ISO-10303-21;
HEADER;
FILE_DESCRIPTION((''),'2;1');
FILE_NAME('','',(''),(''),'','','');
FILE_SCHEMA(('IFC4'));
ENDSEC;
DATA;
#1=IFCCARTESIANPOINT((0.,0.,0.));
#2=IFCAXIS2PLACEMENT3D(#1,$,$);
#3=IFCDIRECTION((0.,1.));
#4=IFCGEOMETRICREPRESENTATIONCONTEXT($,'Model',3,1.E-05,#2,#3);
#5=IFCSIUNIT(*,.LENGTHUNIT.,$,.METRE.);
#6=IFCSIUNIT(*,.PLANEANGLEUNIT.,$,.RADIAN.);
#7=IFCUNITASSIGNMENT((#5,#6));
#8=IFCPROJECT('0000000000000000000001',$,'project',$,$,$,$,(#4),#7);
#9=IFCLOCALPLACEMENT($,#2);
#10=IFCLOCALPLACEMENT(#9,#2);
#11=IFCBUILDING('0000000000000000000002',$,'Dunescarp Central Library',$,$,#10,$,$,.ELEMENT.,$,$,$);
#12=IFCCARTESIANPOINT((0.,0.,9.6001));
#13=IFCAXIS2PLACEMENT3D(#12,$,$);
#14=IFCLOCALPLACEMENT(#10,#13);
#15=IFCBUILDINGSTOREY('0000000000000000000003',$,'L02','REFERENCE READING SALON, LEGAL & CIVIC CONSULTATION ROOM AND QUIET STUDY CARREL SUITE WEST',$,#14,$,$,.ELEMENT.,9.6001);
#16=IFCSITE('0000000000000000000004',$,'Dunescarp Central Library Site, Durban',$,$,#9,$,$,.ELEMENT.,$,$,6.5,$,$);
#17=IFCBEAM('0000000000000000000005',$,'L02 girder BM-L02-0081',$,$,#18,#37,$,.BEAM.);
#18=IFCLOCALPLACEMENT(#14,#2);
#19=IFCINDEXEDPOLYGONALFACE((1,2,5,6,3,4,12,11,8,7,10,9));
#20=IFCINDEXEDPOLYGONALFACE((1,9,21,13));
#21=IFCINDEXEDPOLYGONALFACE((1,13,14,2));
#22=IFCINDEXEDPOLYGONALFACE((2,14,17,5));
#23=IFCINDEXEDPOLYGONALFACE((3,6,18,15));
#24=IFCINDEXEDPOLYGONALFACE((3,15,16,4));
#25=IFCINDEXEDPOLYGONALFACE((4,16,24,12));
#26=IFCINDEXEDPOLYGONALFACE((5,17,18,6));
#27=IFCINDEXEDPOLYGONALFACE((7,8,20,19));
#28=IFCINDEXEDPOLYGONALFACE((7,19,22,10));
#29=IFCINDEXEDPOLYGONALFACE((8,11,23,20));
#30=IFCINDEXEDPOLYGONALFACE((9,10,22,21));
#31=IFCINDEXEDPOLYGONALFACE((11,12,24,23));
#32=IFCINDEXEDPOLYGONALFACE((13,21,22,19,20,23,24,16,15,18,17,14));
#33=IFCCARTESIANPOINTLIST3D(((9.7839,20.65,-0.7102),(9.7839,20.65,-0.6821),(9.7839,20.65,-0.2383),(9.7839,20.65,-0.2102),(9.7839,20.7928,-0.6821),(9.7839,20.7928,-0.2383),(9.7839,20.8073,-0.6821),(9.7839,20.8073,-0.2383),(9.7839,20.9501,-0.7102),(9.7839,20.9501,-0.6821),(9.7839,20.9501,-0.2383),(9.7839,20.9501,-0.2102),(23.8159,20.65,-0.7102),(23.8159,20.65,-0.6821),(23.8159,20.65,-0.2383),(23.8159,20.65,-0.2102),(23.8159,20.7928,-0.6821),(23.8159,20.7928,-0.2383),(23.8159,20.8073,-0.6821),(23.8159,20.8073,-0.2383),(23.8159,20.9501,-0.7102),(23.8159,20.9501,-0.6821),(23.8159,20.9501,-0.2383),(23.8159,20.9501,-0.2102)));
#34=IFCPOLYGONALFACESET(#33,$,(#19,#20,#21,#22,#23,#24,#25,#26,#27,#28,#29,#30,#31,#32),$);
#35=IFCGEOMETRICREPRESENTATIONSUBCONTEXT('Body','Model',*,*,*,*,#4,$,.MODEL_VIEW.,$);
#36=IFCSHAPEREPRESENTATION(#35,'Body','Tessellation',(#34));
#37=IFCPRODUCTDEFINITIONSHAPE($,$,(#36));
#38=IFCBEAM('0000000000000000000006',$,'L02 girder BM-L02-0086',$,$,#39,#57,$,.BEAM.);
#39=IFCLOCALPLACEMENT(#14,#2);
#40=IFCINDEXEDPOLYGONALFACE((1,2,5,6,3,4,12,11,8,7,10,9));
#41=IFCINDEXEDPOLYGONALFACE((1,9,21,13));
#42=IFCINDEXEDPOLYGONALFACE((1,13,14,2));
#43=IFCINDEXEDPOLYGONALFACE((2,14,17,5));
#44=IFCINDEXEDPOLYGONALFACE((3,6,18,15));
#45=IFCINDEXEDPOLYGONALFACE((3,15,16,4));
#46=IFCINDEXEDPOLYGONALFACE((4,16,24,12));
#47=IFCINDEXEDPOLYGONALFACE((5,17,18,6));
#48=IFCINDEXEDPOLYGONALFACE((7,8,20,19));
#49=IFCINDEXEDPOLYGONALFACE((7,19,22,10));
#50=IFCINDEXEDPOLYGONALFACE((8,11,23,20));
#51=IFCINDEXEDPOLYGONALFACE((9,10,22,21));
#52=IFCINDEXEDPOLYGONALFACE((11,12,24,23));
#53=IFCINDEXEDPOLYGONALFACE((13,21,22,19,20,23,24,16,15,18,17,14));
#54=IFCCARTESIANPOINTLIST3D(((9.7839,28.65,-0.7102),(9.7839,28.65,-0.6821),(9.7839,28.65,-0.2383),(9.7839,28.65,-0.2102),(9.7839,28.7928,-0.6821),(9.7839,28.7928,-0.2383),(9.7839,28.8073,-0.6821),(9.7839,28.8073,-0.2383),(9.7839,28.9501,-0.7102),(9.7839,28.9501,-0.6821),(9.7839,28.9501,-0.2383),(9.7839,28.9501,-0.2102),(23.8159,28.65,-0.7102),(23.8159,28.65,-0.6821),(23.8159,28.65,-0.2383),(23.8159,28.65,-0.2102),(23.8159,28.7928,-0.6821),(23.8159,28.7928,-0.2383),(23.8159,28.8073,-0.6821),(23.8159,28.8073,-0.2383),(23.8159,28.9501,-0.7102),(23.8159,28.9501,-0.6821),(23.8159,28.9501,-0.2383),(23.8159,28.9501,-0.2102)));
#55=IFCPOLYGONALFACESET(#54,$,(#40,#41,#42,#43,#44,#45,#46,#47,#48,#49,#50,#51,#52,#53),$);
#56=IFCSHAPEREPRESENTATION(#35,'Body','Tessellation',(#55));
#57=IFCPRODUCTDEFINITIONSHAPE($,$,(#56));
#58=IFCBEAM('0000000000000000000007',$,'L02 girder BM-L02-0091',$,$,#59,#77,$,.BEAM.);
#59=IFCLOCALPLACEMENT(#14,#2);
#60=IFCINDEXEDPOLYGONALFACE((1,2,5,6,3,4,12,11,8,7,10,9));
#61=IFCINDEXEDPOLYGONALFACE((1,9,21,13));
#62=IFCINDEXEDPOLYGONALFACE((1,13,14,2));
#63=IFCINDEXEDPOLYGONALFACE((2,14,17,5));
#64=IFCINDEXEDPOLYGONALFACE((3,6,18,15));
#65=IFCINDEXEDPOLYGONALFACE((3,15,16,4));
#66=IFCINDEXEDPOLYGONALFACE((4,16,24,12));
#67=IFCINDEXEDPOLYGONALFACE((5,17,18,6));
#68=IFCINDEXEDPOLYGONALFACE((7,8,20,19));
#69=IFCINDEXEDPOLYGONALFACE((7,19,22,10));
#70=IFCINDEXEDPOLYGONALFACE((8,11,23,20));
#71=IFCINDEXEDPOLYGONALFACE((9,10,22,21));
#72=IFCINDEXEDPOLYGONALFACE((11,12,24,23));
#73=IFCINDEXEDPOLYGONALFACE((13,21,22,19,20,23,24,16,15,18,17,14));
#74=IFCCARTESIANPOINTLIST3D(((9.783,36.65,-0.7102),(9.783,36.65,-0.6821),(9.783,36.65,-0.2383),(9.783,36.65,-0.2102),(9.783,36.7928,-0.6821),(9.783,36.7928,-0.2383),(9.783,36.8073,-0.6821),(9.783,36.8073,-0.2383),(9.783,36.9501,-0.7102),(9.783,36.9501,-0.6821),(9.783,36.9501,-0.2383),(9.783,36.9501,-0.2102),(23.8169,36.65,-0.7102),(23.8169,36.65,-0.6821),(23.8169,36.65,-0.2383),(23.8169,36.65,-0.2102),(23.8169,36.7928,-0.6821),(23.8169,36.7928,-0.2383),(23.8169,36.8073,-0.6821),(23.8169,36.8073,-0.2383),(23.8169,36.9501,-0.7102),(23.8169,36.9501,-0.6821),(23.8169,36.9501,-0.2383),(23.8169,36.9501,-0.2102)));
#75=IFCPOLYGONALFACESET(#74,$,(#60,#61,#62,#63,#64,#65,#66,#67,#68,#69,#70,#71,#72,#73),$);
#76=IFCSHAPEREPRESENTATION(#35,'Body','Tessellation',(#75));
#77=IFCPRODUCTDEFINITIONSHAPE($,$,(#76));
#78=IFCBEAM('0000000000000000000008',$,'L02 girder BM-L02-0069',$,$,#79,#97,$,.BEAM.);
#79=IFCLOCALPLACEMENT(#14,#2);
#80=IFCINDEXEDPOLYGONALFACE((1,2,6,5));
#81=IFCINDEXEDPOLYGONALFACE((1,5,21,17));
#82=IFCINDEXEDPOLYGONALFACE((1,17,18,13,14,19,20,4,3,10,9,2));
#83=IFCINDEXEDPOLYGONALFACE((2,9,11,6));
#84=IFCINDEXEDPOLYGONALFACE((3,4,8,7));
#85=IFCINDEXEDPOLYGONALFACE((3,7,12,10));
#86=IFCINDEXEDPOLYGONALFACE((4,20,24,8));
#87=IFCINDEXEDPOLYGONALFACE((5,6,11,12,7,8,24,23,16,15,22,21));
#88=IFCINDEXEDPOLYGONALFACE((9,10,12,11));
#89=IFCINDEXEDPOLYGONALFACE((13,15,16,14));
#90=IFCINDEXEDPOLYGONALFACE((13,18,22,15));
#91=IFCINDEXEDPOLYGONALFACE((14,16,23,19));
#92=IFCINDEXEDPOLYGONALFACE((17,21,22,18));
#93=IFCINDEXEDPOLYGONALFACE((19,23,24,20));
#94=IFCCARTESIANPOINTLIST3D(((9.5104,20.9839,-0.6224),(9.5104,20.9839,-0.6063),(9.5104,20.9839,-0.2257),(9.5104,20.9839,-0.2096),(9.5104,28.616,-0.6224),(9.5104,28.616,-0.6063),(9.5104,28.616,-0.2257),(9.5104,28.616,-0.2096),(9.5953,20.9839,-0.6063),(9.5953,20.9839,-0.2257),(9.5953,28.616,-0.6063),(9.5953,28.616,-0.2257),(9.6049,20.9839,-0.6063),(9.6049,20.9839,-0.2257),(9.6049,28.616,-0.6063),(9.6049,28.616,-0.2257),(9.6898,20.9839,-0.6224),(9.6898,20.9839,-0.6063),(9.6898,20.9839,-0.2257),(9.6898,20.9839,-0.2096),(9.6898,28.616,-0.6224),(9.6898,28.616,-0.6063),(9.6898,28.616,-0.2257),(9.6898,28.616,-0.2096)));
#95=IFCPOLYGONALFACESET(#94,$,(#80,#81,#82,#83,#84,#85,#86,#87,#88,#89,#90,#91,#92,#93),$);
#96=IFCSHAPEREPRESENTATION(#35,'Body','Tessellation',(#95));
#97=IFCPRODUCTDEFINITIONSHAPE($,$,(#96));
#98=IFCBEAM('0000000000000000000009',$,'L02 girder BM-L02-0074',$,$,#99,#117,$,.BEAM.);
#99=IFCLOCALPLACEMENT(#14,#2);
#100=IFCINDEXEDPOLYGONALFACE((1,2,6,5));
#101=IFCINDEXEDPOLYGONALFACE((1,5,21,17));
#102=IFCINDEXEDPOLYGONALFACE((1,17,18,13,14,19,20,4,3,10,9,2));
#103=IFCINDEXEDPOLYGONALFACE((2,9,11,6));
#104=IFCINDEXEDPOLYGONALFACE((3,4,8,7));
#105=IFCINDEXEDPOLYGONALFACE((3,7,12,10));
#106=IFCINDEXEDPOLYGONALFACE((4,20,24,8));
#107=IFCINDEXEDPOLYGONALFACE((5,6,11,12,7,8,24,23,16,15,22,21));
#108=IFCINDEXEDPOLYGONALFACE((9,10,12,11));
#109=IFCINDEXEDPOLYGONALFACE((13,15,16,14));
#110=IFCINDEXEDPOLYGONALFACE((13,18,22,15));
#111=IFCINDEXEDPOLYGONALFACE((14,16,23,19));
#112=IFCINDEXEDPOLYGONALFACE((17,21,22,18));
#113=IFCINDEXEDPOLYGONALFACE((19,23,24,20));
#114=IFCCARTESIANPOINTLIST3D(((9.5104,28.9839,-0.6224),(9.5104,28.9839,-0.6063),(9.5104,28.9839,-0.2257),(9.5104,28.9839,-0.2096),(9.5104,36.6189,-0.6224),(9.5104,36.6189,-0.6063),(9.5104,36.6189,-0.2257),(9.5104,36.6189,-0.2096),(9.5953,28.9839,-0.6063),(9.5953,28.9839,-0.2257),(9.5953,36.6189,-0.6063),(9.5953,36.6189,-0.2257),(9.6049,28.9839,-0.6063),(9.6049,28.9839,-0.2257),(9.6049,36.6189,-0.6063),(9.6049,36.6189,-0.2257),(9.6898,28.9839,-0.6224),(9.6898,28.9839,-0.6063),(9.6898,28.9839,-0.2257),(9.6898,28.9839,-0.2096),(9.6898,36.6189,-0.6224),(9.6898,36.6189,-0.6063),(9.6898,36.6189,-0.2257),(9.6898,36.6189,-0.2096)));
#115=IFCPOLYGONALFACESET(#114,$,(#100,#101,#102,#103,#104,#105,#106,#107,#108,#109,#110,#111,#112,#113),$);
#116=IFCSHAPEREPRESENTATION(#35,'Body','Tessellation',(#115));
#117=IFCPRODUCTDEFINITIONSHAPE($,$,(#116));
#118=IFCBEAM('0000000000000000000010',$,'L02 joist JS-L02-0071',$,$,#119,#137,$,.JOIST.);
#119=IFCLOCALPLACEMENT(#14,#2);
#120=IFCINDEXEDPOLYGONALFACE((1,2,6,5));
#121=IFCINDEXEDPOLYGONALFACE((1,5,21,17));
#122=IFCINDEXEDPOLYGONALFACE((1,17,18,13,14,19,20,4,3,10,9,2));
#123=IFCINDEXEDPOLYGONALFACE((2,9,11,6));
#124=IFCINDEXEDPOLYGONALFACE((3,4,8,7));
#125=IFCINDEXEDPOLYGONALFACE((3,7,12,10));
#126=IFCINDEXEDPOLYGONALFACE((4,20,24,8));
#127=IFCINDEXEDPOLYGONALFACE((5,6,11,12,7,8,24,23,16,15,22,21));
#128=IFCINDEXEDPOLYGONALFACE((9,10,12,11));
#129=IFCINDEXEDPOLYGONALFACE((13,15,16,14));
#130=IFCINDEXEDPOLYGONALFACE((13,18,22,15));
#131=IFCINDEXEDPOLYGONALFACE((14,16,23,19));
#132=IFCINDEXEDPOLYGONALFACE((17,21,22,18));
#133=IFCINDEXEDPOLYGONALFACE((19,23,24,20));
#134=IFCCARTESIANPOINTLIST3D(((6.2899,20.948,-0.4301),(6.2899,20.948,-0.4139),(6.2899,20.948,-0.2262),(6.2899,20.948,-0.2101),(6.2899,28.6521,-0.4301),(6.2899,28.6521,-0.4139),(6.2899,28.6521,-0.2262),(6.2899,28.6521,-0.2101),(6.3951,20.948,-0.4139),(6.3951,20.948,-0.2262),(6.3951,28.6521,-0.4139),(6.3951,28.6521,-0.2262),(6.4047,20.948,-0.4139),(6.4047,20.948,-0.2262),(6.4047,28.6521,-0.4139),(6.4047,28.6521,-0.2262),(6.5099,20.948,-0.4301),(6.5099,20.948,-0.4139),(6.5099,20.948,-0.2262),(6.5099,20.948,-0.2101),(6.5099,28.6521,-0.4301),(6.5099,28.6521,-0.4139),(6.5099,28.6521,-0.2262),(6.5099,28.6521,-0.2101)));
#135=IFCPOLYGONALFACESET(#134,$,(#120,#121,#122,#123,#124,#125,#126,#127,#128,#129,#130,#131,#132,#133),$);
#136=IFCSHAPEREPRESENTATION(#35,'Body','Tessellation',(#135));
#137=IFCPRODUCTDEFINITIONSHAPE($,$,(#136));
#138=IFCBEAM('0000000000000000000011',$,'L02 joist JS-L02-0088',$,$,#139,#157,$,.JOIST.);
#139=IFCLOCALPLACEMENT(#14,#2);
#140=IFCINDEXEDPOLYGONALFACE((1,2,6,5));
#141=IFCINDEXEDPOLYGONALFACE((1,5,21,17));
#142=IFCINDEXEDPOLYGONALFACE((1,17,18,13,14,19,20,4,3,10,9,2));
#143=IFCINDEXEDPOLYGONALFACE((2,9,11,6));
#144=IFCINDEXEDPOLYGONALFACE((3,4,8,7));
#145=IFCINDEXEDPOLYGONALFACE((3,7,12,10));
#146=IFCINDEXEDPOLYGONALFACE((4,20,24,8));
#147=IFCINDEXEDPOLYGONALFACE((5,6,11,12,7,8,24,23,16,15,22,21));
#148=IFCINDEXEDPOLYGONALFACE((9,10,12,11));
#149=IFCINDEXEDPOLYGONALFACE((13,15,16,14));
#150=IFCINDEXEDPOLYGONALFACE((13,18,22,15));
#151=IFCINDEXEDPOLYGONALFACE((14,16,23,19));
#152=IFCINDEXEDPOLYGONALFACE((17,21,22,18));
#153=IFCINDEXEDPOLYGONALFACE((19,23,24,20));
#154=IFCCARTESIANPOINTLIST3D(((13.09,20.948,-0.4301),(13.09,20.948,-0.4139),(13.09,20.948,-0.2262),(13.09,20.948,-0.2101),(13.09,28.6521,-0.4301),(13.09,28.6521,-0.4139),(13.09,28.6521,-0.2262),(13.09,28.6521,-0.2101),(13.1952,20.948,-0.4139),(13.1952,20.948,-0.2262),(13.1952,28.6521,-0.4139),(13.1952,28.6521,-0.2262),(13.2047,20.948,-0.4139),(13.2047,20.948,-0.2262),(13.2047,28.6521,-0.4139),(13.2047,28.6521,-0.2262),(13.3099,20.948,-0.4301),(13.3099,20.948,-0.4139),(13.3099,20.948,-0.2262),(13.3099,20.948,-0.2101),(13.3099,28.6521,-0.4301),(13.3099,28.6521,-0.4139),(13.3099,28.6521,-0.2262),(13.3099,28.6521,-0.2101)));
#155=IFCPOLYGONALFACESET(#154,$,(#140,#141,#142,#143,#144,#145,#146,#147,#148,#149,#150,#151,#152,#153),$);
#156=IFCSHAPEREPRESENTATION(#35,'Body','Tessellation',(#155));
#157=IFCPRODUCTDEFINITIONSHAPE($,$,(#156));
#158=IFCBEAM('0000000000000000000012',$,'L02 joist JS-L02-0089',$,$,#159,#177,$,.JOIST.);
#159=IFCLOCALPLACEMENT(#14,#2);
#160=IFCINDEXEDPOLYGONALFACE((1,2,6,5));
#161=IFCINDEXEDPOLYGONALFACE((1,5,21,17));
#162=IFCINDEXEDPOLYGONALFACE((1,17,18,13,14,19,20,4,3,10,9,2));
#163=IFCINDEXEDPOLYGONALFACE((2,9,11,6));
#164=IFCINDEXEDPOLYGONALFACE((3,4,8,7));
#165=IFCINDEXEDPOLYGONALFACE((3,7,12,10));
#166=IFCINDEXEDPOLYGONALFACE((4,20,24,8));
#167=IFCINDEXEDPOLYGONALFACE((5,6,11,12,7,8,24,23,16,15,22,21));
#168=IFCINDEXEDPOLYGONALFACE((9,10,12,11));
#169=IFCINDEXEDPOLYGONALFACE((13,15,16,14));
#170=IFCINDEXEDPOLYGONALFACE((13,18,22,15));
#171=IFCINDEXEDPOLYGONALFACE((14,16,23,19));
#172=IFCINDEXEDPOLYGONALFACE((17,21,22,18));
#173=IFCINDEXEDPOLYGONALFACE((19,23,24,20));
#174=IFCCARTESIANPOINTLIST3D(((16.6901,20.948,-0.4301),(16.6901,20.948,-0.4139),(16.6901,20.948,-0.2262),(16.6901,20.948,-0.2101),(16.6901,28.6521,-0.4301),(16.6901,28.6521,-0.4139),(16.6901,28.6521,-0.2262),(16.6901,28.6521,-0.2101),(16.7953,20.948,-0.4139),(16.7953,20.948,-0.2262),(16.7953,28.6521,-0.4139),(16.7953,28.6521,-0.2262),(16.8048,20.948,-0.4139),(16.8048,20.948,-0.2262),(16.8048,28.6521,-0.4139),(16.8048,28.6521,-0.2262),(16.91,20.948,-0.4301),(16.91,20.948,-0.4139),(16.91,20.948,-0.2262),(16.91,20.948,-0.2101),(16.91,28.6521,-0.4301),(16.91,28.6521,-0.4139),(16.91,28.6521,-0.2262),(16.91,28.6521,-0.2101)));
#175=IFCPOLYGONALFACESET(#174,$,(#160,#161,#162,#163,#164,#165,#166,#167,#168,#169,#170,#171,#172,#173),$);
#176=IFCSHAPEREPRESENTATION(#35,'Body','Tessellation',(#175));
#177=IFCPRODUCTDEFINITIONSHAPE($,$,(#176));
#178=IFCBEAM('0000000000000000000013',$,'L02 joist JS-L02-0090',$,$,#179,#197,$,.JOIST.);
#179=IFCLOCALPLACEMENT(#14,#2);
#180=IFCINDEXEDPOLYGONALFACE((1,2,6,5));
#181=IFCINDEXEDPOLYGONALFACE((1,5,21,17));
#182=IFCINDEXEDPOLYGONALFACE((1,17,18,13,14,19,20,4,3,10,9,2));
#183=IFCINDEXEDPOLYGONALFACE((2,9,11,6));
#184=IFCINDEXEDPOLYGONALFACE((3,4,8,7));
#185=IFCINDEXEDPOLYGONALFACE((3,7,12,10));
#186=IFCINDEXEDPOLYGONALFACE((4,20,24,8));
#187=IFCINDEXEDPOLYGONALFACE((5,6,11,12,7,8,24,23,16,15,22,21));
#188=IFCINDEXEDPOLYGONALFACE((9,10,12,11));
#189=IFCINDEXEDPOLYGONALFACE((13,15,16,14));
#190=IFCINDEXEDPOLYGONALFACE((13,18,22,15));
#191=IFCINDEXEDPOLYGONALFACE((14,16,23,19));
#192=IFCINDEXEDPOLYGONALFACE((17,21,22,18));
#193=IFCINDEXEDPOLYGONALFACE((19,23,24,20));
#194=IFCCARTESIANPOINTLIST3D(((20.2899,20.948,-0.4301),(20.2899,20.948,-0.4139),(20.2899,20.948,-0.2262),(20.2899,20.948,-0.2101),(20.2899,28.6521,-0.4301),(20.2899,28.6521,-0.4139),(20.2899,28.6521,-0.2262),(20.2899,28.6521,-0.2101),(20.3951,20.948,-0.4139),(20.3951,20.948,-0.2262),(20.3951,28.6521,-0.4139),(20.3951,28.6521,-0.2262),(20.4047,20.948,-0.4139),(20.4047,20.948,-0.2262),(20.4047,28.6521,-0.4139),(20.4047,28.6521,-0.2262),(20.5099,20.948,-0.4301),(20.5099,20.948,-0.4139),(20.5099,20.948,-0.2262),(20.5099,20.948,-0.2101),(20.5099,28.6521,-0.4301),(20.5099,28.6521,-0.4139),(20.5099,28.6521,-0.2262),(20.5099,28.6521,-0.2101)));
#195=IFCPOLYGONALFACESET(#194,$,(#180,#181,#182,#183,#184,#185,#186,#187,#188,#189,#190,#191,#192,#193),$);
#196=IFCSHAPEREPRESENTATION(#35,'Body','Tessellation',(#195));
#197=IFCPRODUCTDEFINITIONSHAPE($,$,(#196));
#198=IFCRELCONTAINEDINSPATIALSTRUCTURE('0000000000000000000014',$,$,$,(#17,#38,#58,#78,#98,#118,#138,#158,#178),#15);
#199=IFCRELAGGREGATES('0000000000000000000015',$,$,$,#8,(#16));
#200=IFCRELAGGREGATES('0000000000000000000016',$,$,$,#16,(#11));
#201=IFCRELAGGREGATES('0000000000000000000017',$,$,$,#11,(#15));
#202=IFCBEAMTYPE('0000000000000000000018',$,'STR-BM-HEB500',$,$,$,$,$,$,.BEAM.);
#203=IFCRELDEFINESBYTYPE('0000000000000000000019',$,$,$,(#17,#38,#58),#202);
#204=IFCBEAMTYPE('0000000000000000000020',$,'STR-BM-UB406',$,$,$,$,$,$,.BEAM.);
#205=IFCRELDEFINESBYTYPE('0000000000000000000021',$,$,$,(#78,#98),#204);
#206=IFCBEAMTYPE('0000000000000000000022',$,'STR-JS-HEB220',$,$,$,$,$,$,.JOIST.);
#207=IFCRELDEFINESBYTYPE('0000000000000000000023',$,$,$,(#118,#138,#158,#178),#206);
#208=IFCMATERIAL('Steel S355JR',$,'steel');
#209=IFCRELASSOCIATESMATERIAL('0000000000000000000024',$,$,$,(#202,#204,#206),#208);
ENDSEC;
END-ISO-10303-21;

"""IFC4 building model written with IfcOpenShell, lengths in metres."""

from ifc_helpers import new_model, si_unit, direction, frame, origin, origin_2d, place, context, subcontext, project, spatial, i_section, extrude, material, material_profile, profile_set, type_object, element, save


model = new_model("IFC4")

# Units and contexts
model_context = context("Model", 3, precision=1e-05, world=origin(), true_north=direction((0.0, 1.0)))
body_context = subcontext(model_context, "Body", "Model", "MODEL_VIEW")
ifc_project = project(units=[si_unit("LENGTHUNIT", "METRE"), si_unit("PLANEANGLEUNIT", "RADIAN")], contexts=[model_context])

# Site, building, storey
site_placement = place(None, origin())
site = spatial("IfcSite", under=ifc_project, at=site_placement, Name="Dunescarp Central Library Site, Durban", CompositionType="ELEMENT", RefElevation=6.5)
building_placement = place(site_placement, origin())
building = spatial("IfcBuilding", under=site, at=building_placement, Name="Dunescarp Central Library", CompositionType="ELEMENT")
storey_placement = place(building_placement, frame((0.0, 0.0, 9.6001)))
storey = spatial("IfcBuildingStorey", under=building, at=storey_placement, Name="L02", Description="REFERENCE READING SALON, LEGAL & CIVIC CONSULTATION ROOM AND QUIET STUDY CARREL SUITE WEST", CompositionType="ELEMENT", Elevation=9.6001)

# Shared definitions
ifc_material_1 = material(Name="Steel S355JR", Category="steel")

# Beams
ifc_material_profile_1 = material_profile(ifc_material_1, i_section(OverallWidth=0.3, OverallDepth=0.5, WebThickness=0.0144, FlangeThickness=0.0281, at=origin_2d()), Name="HEB 500")
ifc_profile_set_1 = profile_set([ifc_material_profile_1], Name="Steel S355JR")
beam_type_1 = type_object("IfcBeamType", Name="STR-BM-HEB500", PredefinedType="BEAM", material=ifc_profile_set_1)
for number, where, z_axis, x_axis, name in (
    (1, (9.7839, 20.8, -0.4602), (1.0, 0.0, 0.0), (0.0, 1.0, 0.0), "L02 girder BM-L02-0081"),
    (2, (9.7839, 28.8, -0.4602), (1.0, 0.0, 0.0), (0.0, 1.0, 0.0), "L02 girder BM-L02-0086"),
):
    element("IfcBeam", number, at=place(storey_placement, frame(where, z_axis=z_axis, x_axis=x_axis)), inside=storey, type_object=beam_type_1, Name=name, PredefinedType="BEAM", context=body_context, shape_type="SweptSolid", body=[
        extrude(i_section(OverallWidth=0.3, OverallDepth=0.5, WebThickness=0.0144, FlangeThickness=0.0281, at=origin_2d()), origin(), (0.0, 0.0, 1.0), 14.032),
    ])
beam_1_placement = place(storey_placement, frame((9.783, 36.8, -0.4602), z_axis=(1.0, 0.0, 0.0), x_axis=(0.0, 1.0, 0.0)))
element("IfcBeam", 3, at=beam_1_placement, inside=storey, type_object=beam_type_1, Name="L02 girder BM-L02-0091", PredefinedType="BEAM", context=body_context, shape_type="SweptSolid", body=[
    extrude(i_section(OverallWidth=0.3, OverallDepth=0.5, WebThickness=0.0144, FlangeThickness=0.0281, at=origin_2d()), origin(), (0.0, 0.0, 1.0), 14.0339),
])
ifc_material_profile_2 = material_profile(ifc_material_1, i_section(OverallWidth=0.1794, OverallDepth=0.4128, WebThickness=0.0095, FlangeThickness=0.0161, at=origin_2d()), Name="UB 406x178x74")
ifc_profile_set_2 = profile_set([ifc_material_profile_2], Name="Steel S355JR")
beam_type_2 = type_object("IfcBeamType", Name="STR-BM-UB406", PredefinedType="BEAM", material=ifc_profile_set_2)
beam_2_placement = place(storey_placement, frame((9.6001, 20.9839, -0.416), z_axis=(0.0, 1.0, 0.0), x_axis=(-1.0, 0.0, 0.0)))
element("IfcBeam", 4, at=beam_2_placement, inside=storey, type_object=beam_type_2, Name="L02 girder BM-L02-0069", PredefinedType="BEAM", context=body_context, shape_type="SweptSolid", body=[
    extrude(i_section(OverallWidth=0.1794, OverallDepth=0.4128, WebThickness=0.0095, FlangeThickness=0.0161, at=origin_2d()), origin(), (0.0, 0.0, 1.0), 7.6321),
])
beam_3_placement = place(storey_placement, frame((9.6001, 28.9839, -0.416), z_axis=(0.0, 1.0, 0.0), x_axis=(-1.0, 0.0, 0.0)))
element("IfcBeam", 5, at=beam_3_placement, inside=storey, type_object=beam_type_2, Name="L02 girder BM-L02-0074", PredefinedType="BEAM", context=body_context, shape_type="SweptSolid", body=[
    extrude(i_section(OverallWidth=0.1794, OverallDepth=0.4128, WebThickness=0.0095, FlangeThickness=0.0161, at=origin_2d()), origin(), (0.0, 0.0, 1.0), 7.635),
])
ifc_material_profile_3 = material_profile(ifc_material_1, i_section(OverallWidth=0.22, OverallDepth=0.22, WebThickness=0.0095, FlangeThickness=0.0161, at=origin_2d()), Name="HEB 220")
ifc_profile_set_3 = profile_set([ifc_material_profile_3], Name="Steel S355JR")
beam_type_3 = type_object("IfcBeamType", Name="STR-JS-HEB220", PredefinedType="JOIST", material=ifc_profile_set_3)
for number, where, z_axis, x_axis, name in (
    (6, (6.3999, 20.948, -0.3201), (0.0, 1.0, 0.0), (-1.0, 0.0, 0.0), "L02 joist JS-L02-0071"),
    (7, (13.2, 20.948, -0.3201), (0.0, 1.0, 0.0), (-1.0, 0.0, 0.0), "L02 joist JS-L02-0088"),
    (8, (16.8, 20.948, -0.3201), (0.0, 1.0, 0.0), (-1.0, 0.0, 0.0), "L02 joist JS-L02-0089"),
    (9, (20.3999, 20.948, -0.3201), (0.0, 1.0, 0.0), (-1.0, 0.0, 0.0), "L02 joist JS-L02-0090"),
):
    element("IfcBeam", number, at=place(storey_placement, frame(where, z_axis=z_axis, x_axis=x_axis)), inside=storey, type_object=beam_type_3, Name=name, PredefinedType="JOIST", context=body_context, shape_type="SweptSolid", body=[
        extrude(i_section(OverallWidth=0.22, OverallDepth=0.22, WebThickness=0.0095, FlangeThickness=0.0161, at=origin_2d()), origin(), (0.0, 0.0, 1.0), 7.7041),
    ])

save(model, "model.ifc")
